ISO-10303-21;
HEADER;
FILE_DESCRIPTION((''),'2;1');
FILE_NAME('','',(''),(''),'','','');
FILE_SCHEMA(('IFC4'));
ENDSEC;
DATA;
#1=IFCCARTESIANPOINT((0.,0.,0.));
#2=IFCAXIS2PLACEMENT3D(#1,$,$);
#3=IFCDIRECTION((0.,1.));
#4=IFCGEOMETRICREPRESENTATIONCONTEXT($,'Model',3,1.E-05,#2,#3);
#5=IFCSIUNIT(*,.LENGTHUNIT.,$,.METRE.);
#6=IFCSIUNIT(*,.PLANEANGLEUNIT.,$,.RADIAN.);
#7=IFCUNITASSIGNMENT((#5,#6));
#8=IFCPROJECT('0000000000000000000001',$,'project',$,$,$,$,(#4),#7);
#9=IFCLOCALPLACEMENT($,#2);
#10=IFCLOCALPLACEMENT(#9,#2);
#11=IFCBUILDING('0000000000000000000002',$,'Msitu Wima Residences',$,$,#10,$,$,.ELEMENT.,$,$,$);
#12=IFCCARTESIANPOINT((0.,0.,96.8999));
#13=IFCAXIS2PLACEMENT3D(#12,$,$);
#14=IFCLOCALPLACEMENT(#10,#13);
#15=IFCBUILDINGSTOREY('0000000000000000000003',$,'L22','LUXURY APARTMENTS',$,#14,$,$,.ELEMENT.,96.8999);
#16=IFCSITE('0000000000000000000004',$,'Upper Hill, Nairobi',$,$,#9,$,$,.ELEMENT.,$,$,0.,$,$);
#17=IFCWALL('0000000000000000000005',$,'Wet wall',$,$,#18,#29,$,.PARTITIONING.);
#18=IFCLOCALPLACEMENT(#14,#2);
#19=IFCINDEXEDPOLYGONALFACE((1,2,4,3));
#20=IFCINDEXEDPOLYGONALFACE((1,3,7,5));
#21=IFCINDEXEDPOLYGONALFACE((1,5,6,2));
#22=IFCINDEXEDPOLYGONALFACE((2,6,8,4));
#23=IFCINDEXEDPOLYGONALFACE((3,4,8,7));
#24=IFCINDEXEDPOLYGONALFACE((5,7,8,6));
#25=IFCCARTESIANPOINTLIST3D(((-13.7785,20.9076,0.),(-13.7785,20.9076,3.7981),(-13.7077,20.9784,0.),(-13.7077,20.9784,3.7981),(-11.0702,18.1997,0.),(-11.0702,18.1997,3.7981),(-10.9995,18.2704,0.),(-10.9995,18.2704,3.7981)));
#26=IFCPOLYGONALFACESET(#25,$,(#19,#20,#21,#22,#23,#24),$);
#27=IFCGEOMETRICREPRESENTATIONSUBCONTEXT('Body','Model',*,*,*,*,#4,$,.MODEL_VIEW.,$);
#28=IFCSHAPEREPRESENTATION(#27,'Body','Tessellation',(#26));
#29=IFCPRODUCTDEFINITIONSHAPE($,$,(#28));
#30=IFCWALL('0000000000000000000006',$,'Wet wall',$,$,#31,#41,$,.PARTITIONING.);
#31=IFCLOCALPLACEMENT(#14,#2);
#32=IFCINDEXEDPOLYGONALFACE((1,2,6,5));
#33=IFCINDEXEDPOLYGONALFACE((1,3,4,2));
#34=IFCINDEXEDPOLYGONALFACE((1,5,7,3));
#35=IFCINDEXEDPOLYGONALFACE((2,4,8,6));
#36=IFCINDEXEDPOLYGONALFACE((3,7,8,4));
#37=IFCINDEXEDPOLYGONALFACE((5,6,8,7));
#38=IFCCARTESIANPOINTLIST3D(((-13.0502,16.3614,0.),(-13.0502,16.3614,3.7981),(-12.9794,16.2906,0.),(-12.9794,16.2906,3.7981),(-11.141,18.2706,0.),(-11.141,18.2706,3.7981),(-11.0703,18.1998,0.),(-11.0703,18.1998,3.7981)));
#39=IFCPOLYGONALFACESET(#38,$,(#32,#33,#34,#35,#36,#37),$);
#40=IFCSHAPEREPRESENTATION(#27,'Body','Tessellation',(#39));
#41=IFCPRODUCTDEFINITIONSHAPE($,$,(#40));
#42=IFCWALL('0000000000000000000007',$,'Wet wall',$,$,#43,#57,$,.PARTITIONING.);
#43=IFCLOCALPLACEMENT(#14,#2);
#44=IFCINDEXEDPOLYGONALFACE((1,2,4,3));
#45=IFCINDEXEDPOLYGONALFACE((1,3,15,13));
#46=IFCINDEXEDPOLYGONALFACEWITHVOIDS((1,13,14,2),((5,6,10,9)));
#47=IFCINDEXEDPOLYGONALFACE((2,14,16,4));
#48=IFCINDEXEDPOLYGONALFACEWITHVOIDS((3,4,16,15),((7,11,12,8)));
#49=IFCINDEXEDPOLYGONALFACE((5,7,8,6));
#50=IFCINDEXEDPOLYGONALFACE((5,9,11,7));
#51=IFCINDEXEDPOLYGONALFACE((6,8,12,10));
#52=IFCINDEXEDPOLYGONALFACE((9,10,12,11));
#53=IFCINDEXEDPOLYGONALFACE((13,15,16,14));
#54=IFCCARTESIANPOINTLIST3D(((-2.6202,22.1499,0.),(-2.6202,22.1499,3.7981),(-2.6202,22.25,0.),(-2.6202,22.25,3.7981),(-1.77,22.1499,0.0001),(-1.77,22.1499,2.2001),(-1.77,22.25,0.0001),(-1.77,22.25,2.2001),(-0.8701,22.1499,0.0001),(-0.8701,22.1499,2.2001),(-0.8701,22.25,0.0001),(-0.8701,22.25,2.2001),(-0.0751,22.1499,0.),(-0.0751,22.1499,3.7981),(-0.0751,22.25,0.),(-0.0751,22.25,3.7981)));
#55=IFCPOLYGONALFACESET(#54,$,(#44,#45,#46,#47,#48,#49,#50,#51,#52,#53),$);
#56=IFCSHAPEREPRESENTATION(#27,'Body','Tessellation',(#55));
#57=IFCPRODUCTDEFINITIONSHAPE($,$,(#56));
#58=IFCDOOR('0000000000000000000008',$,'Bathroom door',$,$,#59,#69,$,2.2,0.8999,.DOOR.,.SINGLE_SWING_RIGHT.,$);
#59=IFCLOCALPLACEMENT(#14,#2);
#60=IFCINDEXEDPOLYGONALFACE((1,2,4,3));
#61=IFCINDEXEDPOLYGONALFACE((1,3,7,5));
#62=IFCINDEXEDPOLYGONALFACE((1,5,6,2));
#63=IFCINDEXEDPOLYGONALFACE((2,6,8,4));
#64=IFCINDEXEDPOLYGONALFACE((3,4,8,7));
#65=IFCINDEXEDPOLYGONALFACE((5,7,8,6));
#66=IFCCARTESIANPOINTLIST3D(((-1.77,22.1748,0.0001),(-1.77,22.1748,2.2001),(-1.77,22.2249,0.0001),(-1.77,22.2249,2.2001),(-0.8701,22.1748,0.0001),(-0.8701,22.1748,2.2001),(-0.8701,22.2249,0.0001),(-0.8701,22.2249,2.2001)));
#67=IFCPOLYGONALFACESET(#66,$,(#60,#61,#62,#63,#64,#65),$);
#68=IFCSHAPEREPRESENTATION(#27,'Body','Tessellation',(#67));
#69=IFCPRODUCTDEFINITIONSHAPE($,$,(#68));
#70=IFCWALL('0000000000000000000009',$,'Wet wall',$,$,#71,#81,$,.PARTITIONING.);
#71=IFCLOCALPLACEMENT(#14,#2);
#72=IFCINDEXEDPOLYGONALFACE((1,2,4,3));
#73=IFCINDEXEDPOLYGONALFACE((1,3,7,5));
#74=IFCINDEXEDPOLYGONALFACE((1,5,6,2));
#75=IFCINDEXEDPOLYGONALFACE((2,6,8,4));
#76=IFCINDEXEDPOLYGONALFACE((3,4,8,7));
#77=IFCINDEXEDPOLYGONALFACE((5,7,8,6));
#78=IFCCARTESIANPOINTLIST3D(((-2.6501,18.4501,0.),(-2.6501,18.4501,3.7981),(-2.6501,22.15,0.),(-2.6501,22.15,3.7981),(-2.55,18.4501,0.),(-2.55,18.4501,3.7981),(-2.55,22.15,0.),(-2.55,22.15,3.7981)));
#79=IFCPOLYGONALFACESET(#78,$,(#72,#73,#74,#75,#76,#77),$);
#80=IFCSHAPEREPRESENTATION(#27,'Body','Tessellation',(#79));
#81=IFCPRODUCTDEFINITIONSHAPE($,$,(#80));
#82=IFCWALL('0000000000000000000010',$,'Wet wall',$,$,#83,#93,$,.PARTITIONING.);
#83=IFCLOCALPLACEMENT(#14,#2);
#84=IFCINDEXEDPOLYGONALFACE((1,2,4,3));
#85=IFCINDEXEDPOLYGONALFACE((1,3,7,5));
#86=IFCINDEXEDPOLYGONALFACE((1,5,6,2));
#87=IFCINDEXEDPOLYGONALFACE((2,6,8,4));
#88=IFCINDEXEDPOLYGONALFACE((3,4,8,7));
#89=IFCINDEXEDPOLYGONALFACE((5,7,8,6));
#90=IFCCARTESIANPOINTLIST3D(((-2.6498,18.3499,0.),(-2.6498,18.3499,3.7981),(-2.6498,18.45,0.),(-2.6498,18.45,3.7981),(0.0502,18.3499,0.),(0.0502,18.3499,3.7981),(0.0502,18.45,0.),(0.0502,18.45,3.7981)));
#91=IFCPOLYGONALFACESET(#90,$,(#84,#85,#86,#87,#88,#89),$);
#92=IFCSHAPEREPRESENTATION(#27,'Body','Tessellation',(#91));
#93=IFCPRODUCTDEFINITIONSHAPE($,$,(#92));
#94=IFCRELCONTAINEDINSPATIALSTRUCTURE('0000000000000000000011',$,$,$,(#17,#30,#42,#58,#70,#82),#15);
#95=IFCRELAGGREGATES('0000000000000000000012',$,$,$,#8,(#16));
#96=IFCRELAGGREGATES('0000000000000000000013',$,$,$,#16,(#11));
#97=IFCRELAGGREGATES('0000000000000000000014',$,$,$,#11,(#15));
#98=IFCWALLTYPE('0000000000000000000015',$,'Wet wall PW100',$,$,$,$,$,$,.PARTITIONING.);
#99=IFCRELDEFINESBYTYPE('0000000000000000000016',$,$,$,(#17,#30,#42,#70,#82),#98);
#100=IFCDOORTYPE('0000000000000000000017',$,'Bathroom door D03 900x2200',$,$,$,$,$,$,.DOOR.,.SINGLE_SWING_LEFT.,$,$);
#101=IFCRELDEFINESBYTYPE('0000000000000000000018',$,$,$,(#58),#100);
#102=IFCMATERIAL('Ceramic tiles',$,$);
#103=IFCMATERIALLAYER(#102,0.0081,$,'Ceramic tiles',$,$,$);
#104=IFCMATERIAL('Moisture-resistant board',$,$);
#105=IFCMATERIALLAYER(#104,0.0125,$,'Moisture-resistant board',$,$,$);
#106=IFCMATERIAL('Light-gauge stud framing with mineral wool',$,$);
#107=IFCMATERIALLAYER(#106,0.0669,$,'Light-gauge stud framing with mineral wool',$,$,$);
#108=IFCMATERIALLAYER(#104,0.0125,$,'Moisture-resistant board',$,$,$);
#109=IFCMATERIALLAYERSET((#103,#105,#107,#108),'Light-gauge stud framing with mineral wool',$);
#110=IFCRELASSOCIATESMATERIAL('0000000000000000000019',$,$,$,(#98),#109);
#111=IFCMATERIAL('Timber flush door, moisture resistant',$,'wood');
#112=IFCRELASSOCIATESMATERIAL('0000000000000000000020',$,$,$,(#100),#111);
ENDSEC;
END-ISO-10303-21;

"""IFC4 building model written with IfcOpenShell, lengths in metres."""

from ifc_helpers import new_model, si_unit, direction, frame, frame_2d, origin, place, context, subcontext, project, spatial, rectangle, extrude, material, layer, layer_set, type_object, element, fill, save


model = new_model("IFC4")

# Units and contexts
model_context = context("Model", 3, precision=1e-05, world=origin(), true_north=direction((0.0, 1.0)))
body_context = subcontext(model_context, "Body", "Model", "MODEL_VIEW")
ifc_project = project(units=[si_unit("LENGTHUNIT", "METRE"), si_unit("PLANEANGLEUNIT", "RADIAN")], contexts=[model_context])

# Site, building, storey
site_placement = place(None, origin())
site = spatial("IfcSite", under=ifc_project, at=site_placement, Name="Upper Hill, Nairobi", CompositionType="ELEMENT", RefElevation=0.0)
building_placement = place(site_placement, origin())
building = spatial("IfcBuilding", under=site, at=building_placement, Name="Msitu Wima Residences", CompositionType="ELEMENT")
storey_placement = place(building_placement, frame((0.0, 0.0, 96.8999)))
storey = spatial("IfcBuildingStorey", under=building, at=storey_placement, Name="L22", Description="LUXURY APARTMENTS", CompositionType="ELEMENT", Elevation=96.8999)

# Walls
ifc_material_1 = material(Name="Ceramic tiles")
ifc_layer_1 = layer(ifc_material_1, 0.0081, Name="Ceramic tiles")
ifc_material_2 = material(Name="Moisture-resistant board")
ifc_layer_2 = layer(ifc_material_2, 0.0125, Name="Moisture-resistant board")
ifc_material_3 = material(Name="Light-gauge stud framing with mineral wool")
ifc_layer_3 = layer(ifc_material_3, 0.0669, Name="Light-gauge stud framing with mineral wool")
ifc_layer_4 = layer(ifc_material_2, 0.0125, Name="Moisture-resistant board")
ifc_layer_set_1 = layer_set([ifc_layer_1, ifc_layer_2, ifc_layer_3, ifc_layer_4], Name="Light-gauge stud framing with mineral wool")
wall_type_1 = type_object("IfcWallType", Name="Wet wall PW100", PredefinedType="PARTITIONING", material=ifc_layer_set_1)
wall_1_placement = place(storey_placement, frame((-13.7432, 20.9431, 0.0), z_axis=(0.0, 0.0, 1.0), x_axis=(0.707139, -0.707075, 0.0)))
element("IfcWall", 1, at=wall_1_placement, inside=storey, type_object=wall_type_1, Name="Wet wall", PredefinedType="PARTITIONING", context=body_context, shape_type="SweptSolid", body=[
    extrude(rectangle(XDim=3.8298, YDim=0.1001, at=frame_2d((1.915, 0.0))), origin(), (0.0, 0.0, 1.0), 3.7981),
])
wall_2_placement = place(storey_placement, frame((-13.0149, 16.3259, 0.0), z_axis=(0.0, 0.0, 1.0), x_axis=(0.707107, 0.707107, 0.0)))
element("IfcWall", 2, at=wall_2_placement, inside=storey, type_object=wall_type_1, Name="Wet wall", PredefinedType="PARTITIONING", context=body_context, shape_type="SweptSolid", body=[
    extrude(rectangle(XDim=2.7, YDim=0.1001, at=frame_2d((1.3501, 0.0))), origin(), (0.0, 0.0, 1.0), 3.7981),
])

# Wall, opening, door
wall_3_placement = place(storey_placement, frame((-2.6201, 22.2, 0.0), z_axis=(0.0, 0.0, 1.0), x_axis=(1.0, 0.0, 0.0)))
wall_3 = element("IfcWall", 3, at=wall_3_placement, inside=storey, type_object=wall_type_1, Name="Wet wall", PredefinedType="PARTITIONING", context=body_context, shape_type="SweptSolid", body=[
    extrude(rectangle(XDim=2.5452, YDim=0.1001, at=frame_2d((1.2725, 0.0))), origin(), (0.0, 0.0, 1.0), 3.7981),
])
opening_1_placement = place(wall_3_placement, frame((0.8501, 0.0, 0.0)))
opening_1 = element("IfcOpeningElement", 4, at=opening_1_placement, cuts=wall_3, PredefinedType="OPENING", context=body_context, shape_type="SweptSolid", body=[
    extrude(rectangle(XDim=0.8999, YDim=2.2, at=frame_2d((0.45, 1.1001))), frame((0.0, 0.0601, 0.0), z_axis=(0.0, -1.0, 0.0), x_axis=(1.0, 0.0, 0.0)), (0.0, 0.0, 1.0), 0.1201),
])
ifc_material_4 = material(Name="Timber flush door, moisture resistant", Category="wood")
door_type_1 = type_object("IfcDoorType", Name="Bathroom door D03 900x2200", OperationType="SINGLE_SWING_LEFT", PredefinedType="DOOR", material=ifc_material_4)
door_1_placement = place(opening_1_placement, origin())
door_1 = element("IfcDoor", 5, at=door_1_placement, inside=storey, type_object=door_type_1, Name="Bathroom door", OperationType="SINGLE_SWING_RIGHT", OverallHeight=2.2, OverallWidth=0.8999, PredefinedType="DOOR", context=body_context, shape_type="SweptSolid", body=[
    extrude(rectangle(XDim=0.8999, YDim=2.2, at=frame_2d((0.45, 1.1001))), frame((0.0, 0.0249, 0.0), z_axis=(0.0, -1.0, 0.0), x_axis=(1.0, 0.0, 0.0)), (0.0, 0.0, 1.0), 0.05),
])
fill(opening_1, door_1)

# Walls
wall_4_placement = place(storey_placement, frame((-2.6001, 18.45, 0.0), z_axis=(0.0, 0.0, 1.0), x_axis=(0.0, 1.0, 0.0)))
element("IfcWall", 6, at=wall_4_placement, inside=storey, type_object=wall_type_1, Name="Wet wall", PredefinedType="PARTITIONING", context=body_context, shape_type="SweptSolid", body=[
    extrude(rectangle(XDim=3.7, YDim=0.1001, at=frame_2d((1.8501, 0.0))), origin(), (0.0, 0.0, 1.0), 3.7981),
])
wall_5_placement = place(storey_placement, frame((-2.6499, 18.3999, 0.0), z_axis=(0.0, 0.0, 1.0), x_axis=(1.0, 0.0, 0.0)))
element("IfcWall", 7, at=wall_5_placement, inside=storey, type_object=wall_type_1, Name="Wet wall", PredefinedType="PARTITIONING", context=body_context, shape_type="SweptSolid", body=[
    extrude(rectangle(XDim=2.7, YDim=0.1001, at=frame_2d((1.3501, 0.0))), origin(), (0.0, 0.0, 1.0), 3.7981),
])

save(model, "model.ifc")
